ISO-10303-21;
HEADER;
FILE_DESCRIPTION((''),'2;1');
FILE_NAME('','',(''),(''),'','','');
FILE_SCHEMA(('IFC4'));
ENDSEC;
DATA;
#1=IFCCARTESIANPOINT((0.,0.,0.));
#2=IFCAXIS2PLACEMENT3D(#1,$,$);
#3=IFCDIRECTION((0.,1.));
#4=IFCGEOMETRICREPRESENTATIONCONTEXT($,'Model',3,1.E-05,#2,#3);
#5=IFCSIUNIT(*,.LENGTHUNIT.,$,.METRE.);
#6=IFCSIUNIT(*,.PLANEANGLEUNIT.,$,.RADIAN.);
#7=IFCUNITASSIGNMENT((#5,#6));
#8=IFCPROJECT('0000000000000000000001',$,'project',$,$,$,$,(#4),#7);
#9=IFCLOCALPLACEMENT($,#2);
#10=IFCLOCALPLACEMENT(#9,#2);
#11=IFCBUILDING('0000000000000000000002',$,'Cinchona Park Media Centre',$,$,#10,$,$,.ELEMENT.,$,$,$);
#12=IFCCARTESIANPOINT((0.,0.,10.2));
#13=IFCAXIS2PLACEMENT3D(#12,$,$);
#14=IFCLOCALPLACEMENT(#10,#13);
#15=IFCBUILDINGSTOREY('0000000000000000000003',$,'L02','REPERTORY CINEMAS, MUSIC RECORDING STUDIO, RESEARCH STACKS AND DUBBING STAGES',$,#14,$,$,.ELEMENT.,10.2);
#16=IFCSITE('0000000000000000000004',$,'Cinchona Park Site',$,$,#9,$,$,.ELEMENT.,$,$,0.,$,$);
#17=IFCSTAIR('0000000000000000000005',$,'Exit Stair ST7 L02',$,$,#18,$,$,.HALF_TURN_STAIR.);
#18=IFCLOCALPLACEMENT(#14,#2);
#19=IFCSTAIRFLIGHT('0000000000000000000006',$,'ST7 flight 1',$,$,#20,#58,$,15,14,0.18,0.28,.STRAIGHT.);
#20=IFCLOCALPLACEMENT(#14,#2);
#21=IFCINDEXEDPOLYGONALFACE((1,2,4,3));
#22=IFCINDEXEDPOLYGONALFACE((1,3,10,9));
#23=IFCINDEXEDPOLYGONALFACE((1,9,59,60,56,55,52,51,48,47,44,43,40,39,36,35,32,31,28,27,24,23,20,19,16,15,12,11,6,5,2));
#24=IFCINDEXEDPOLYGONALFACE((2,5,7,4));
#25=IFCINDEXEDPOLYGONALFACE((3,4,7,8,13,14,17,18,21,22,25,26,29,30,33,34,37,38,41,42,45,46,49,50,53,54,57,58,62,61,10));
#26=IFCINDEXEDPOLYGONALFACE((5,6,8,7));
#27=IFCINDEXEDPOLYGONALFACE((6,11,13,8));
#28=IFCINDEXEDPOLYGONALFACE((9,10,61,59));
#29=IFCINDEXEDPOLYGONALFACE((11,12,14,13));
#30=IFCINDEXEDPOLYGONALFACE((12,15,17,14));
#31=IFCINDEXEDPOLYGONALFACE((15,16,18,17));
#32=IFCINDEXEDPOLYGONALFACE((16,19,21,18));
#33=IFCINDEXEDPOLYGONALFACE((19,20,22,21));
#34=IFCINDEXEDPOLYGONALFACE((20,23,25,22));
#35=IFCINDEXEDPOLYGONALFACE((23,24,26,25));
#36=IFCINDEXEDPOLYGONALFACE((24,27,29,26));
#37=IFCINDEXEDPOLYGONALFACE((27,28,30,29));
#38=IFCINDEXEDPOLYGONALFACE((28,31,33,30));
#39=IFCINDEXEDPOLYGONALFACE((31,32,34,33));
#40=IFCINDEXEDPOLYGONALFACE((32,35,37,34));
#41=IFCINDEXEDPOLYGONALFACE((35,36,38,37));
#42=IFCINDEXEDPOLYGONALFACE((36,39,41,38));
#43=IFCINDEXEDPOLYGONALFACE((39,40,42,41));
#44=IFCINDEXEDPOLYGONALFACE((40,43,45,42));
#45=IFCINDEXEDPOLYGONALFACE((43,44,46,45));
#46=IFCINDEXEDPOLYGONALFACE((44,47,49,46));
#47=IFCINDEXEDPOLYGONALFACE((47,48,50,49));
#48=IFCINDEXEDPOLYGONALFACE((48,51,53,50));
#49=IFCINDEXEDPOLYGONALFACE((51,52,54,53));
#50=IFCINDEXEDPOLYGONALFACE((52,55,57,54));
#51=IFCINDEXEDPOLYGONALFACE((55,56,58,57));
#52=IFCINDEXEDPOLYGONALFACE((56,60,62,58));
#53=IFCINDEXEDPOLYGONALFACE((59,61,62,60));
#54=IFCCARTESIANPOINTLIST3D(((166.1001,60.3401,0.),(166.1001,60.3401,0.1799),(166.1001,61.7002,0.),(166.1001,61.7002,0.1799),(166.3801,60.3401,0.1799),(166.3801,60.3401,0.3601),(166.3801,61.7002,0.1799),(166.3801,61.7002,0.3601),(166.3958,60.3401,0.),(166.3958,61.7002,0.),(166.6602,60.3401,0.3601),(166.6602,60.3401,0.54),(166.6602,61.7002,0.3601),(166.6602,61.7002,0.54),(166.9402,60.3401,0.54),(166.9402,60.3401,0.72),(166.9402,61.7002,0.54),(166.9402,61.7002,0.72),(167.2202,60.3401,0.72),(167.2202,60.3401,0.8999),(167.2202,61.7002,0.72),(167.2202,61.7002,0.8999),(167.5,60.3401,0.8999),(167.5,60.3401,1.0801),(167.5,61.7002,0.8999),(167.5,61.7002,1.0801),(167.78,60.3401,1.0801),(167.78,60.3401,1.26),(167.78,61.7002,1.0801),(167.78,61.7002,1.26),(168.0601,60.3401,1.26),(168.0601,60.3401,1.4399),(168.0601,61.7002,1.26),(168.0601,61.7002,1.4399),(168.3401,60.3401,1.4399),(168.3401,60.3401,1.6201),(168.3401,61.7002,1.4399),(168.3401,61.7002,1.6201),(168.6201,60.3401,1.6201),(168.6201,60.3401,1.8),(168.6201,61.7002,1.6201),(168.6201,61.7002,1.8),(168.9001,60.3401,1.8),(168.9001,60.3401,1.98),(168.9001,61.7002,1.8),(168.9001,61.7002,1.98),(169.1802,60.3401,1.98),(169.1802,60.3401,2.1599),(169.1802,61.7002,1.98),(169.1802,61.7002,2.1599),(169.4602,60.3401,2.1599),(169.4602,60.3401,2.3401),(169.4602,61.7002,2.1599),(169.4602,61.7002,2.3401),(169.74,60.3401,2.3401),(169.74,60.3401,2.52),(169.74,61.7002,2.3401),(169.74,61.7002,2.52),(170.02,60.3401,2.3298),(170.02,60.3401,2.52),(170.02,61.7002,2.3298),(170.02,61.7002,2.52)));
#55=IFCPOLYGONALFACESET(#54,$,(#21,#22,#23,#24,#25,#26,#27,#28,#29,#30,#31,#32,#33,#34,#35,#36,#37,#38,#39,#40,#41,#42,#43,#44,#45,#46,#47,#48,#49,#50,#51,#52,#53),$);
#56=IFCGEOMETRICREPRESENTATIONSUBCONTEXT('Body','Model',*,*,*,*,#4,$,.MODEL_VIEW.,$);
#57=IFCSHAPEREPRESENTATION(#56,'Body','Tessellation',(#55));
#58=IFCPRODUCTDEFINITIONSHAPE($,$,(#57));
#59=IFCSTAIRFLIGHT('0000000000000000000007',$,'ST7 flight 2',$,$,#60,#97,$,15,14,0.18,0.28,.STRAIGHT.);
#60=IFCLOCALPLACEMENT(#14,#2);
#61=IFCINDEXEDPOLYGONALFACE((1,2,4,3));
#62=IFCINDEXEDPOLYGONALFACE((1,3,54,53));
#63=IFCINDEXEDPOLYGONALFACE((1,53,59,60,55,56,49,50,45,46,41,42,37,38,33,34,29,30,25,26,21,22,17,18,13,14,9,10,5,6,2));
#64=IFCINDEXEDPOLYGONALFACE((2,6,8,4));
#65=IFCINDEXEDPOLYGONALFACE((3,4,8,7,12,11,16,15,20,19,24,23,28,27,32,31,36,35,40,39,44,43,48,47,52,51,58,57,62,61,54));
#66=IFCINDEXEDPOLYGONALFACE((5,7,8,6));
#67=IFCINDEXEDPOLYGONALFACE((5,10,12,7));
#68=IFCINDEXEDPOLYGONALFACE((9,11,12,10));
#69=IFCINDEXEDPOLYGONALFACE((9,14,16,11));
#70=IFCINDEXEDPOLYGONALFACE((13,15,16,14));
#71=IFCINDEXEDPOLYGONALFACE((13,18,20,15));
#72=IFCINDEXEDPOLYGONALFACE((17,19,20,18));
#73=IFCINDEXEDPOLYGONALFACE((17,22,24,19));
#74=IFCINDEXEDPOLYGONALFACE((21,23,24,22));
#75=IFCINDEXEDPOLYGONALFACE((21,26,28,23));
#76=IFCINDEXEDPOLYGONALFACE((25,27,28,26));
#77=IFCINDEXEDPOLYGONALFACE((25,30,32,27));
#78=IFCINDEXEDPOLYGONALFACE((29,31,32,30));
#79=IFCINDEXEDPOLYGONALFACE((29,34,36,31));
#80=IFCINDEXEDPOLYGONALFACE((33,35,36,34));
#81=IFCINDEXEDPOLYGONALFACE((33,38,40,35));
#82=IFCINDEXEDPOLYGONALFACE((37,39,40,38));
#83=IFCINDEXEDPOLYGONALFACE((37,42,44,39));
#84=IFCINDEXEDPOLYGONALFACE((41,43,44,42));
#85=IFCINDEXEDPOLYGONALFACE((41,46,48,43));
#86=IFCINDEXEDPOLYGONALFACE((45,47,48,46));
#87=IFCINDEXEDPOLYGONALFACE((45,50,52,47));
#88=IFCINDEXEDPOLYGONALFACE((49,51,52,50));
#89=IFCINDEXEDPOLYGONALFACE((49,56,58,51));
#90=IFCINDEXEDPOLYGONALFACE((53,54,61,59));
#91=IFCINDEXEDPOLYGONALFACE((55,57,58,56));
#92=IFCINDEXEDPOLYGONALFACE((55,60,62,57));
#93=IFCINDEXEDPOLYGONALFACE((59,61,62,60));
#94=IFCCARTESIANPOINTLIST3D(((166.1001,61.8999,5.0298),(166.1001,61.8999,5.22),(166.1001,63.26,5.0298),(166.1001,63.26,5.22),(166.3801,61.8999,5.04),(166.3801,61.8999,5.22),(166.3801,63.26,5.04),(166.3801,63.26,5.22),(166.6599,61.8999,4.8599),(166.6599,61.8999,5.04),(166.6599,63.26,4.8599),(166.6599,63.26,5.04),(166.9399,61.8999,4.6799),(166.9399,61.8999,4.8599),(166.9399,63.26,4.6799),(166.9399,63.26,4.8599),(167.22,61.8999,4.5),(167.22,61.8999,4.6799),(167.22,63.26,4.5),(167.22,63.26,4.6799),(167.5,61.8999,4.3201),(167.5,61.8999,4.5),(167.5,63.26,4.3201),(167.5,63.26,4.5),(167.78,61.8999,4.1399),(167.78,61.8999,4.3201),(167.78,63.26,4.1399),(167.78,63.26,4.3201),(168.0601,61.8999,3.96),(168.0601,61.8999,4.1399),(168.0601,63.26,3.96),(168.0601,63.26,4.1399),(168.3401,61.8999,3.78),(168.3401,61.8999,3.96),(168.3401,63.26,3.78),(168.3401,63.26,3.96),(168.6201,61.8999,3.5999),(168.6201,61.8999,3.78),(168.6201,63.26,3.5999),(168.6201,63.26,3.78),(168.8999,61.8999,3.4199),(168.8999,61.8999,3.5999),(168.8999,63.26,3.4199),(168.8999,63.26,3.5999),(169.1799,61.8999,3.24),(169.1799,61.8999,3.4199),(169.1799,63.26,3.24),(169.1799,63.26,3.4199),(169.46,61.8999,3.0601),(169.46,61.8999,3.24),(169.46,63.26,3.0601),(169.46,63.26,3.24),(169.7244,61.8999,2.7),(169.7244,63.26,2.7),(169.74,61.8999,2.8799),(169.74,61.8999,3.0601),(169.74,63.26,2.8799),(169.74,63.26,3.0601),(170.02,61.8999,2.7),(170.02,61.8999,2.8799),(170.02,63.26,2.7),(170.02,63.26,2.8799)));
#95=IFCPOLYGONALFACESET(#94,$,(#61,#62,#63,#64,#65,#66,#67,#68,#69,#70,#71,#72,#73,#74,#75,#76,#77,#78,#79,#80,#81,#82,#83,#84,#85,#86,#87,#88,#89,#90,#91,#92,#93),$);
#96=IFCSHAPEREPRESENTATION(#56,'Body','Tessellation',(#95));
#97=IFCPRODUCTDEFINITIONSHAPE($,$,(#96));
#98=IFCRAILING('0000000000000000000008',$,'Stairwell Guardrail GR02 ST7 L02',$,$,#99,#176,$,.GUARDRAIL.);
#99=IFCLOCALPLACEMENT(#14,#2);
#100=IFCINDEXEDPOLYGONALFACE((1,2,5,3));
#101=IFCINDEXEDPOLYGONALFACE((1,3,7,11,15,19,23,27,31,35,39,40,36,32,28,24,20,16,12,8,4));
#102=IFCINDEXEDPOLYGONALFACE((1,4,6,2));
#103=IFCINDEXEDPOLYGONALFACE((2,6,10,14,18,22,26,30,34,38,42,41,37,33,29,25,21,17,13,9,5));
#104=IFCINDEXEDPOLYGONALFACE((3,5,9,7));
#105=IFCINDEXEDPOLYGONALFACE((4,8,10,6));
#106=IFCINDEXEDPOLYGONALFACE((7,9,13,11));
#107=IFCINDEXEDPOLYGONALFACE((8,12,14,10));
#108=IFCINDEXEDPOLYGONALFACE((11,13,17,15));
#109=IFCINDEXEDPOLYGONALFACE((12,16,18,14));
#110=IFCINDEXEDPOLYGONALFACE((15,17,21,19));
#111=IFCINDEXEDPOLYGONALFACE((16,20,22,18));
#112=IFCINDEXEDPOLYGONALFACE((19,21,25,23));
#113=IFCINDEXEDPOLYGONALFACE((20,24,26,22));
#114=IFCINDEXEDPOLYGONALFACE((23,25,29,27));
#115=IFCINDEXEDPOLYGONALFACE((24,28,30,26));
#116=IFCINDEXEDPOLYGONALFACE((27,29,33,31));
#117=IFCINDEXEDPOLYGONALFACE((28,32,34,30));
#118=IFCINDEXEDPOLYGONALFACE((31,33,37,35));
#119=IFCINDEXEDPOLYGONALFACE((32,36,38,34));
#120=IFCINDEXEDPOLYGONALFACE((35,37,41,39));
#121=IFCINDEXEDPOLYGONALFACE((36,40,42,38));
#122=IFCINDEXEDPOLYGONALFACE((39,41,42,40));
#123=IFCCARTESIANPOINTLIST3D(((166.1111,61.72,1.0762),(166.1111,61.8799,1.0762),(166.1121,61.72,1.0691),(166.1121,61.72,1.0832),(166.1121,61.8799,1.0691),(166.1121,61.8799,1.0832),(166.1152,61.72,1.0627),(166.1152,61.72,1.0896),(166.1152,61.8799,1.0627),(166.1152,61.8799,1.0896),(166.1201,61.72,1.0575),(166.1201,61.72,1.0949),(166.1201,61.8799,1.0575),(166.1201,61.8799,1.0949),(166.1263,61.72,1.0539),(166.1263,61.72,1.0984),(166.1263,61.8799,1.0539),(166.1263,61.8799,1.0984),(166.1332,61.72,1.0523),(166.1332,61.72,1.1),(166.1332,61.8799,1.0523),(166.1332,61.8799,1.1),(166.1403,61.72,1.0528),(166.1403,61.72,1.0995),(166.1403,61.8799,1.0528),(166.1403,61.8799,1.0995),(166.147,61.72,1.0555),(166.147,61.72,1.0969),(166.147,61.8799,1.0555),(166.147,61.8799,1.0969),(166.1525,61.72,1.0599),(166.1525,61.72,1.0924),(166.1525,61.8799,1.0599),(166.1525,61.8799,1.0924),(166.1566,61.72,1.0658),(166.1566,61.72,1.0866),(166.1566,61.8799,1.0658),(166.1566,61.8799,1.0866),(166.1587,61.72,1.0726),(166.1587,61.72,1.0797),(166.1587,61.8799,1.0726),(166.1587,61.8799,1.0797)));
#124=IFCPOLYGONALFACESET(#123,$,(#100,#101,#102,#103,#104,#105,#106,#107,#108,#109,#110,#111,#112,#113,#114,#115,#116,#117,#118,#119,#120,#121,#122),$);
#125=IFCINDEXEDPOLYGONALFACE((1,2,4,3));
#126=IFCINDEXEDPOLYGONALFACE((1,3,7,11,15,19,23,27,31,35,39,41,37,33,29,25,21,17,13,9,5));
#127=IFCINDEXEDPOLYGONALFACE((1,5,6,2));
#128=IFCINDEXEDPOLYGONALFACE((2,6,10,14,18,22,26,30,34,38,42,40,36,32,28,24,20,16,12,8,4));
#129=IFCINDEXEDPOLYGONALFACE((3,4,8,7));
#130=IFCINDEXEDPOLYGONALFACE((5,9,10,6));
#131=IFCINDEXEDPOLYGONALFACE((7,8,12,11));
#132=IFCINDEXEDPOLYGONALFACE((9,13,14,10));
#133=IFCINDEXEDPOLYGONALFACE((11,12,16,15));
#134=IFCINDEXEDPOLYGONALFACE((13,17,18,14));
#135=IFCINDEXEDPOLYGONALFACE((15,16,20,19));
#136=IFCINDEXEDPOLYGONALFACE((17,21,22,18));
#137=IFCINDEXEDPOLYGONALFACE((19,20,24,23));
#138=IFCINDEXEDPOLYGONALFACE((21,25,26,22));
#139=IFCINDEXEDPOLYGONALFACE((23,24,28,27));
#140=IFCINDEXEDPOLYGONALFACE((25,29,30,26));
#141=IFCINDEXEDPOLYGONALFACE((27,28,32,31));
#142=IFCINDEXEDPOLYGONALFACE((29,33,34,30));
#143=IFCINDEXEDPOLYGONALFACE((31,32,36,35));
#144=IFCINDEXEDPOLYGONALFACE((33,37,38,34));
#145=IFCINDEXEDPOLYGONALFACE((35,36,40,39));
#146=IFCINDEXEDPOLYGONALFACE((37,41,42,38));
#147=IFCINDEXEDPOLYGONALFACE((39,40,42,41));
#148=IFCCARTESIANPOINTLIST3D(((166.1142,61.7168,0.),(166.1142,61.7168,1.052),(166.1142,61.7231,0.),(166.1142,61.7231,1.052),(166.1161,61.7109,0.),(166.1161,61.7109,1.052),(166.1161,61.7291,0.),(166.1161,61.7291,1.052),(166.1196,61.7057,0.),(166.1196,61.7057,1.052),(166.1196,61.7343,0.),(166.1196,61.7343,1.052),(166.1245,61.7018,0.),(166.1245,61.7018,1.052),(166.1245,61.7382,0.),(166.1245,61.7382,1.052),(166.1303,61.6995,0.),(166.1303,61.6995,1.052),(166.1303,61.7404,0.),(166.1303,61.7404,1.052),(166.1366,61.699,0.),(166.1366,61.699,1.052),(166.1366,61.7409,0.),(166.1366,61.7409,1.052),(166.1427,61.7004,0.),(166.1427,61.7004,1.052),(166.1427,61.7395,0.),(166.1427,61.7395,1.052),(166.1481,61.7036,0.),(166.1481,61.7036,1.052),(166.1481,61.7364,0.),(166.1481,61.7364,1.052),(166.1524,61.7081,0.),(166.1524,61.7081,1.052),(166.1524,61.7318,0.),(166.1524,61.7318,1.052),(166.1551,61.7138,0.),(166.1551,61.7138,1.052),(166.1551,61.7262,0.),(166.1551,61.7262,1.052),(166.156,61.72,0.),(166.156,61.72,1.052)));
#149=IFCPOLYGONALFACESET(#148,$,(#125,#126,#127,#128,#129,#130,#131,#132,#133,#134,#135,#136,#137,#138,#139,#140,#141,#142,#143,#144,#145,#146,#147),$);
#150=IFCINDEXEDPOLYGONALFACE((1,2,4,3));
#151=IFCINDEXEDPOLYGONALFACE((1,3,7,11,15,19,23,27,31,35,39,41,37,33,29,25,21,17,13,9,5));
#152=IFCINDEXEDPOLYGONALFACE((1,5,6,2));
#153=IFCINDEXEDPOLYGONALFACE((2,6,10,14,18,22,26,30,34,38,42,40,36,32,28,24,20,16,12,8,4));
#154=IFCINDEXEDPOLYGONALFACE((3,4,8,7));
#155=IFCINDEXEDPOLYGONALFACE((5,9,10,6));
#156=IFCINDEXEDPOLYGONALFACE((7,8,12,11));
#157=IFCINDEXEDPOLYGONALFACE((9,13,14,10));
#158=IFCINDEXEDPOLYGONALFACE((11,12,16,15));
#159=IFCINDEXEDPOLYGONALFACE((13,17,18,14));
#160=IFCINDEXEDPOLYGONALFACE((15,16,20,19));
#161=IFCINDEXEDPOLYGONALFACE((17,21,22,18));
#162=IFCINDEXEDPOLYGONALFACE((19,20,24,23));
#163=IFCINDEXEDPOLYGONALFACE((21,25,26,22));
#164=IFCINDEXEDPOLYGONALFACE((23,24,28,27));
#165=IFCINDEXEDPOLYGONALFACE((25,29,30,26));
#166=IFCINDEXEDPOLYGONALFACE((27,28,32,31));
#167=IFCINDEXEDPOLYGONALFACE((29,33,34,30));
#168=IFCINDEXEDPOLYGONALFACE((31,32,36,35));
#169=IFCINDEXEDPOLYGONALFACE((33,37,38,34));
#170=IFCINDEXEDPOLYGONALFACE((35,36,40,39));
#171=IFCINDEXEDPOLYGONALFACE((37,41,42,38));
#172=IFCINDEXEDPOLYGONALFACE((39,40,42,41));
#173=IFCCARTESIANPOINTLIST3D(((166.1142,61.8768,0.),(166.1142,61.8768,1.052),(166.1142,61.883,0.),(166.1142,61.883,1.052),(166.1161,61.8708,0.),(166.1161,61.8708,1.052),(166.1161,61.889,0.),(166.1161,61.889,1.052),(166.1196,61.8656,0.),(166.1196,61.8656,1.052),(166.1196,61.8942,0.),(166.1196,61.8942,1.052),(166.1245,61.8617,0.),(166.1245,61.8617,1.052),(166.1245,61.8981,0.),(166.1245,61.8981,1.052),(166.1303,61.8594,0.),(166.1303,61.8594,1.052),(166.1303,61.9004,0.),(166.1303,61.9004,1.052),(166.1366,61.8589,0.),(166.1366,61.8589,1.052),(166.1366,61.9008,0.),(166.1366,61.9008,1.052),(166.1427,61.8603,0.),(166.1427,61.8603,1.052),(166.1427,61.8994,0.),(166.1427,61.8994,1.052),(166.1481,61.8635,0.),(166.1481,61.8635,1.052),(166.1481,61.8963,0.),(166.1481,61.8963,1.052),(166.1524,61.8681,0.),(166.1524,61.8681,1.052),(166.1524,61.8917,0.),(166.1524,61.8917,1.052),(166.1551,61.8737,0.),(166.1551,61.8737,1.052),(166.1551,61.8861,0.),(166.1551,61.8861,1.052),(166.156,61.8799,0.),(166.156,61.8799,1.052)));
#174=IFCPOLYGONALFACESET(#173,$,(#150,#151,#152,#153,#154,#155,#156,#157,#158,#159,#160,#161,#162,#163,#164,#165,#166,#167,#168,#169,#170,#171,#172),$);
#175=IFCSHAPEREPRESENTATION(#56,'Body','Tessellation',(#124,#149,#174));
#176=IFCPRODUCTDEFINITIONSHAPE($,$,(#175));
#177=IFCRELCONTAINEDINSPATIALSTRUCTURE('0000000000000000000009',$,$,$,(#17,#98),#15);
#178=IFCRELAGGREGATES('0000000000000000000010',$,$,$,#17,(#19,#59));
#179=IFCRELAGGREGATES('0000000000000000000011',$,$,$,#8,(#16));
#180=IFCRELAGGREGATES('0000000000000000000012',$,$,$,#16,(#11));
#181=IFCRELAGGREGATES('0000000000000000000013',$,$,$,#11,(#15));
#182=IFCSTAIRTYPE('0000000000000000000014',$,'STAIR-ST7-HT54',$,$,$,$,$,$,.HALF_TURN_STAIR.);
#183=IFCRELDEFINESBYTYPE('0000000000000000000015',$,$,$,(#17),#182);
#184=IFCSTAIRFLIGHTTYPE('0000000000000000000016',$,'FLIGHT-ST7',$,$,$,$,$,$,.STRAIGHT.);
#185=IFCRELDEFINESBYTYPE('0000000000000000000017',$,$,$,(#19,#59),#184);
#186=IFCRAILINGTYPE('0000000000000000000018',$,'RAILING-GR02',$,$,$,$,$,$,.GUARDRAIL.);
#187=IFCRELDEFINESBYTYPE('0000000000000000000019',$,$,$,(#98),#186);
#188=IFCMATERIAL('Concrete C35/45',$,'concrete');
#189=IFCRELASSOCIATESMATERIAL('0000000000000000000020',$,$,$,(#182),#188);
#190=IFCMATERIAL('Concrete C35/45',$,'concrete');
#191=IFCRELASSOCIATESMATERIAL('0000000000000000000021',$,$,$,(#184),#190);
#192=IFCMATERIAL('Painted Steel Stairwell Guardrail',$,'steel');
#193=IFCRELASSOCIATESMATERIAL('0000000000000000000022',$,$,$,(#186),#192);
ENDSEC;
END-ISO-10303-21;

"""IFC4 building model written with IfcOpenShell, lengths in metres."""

from ifc_helpers import new_model, si_unit, direction, frame, origin, origin_2d, place, context, subcontext, project, spatial, polyline, circle, outline, extrude, material, type_object, element, aggregate, save


model = new_model("IFC4")

# Units and contexts
model_context = context("Model", 3, precision=1e-05, world=origin(), true_north=direction((0.0, 1.0)))
body_context = subcontext(model_context, "Body", "Model", "MODEL_VIEW")
ifc_project = project(units=[si_unit("LENGTHUNIT", "METRE"), si_unit("PLANEANGLEUNIT", "RADIAN")], contexts=[model_context])

# Site, building, storey
site_placement = place(None, origin())
site = spatial("IfcSite", under=ifc_project, at=site_placement, Name="Cinchona Park Site", CompositionType="ELEMENT", RefElevation=0.0)
building_placement = place(site_placement, origin())
building = spatial("IfcBuilding", under=site, at=building_placement, Name="Cinchona Park Media Centre", CompositionType="ELEMENT")
storey_placement = place(building_placement, frame((0.0, 0.0, 10.2)))
storey = spatial("IfcBuildingStorey", under=building, at=storey_placement, Name="L02", Description="REPERTORY CINEMAS, MUSIC RECORDING STUDIO, RESEARCH STACKS AND DUBBING STAGES", CompositionType="ELEMENT", Elevation=10.2)

# Stair, stair flights
ifc_material_1 = material(Name="Concrete C35/45", Category="concrete")
stair_type = type_object("IfcStairType", Name="STAIR-ST7-HT54", PredefinedType="HALF_TURN_STAIR", material=ifc_material_1)
stair_placement = place(storey_placement, origin())
stair = element("IfcStair", 1, at=stair_placement, inside=storey, type_object=stair_type, Name="Exit Stair ST7 L02", PredefinedType="HALF_TURN_STAIR")
ifc_material_2 = material(Name="Concrete C35/45", Category="concrete")
stair_flight_type = type_object("IfcStairFlightType", Name="FLIGHT-ST7", PredefinedType="STRAIGHT", material=ifc_material_2)
stair_flight_1_placement = place(storey_placement, frame((166.1001, 61.02, 0.0), z_axis=(0.0, 0.0, 1.0), x_axis=(1.0, 0.0, 0.0)))
stair_flight_1 = element("IfcStairFlight", 2, at=stair_flight_1_placement, type_object=stair_flight_type, Name="ST7 flight 1", NumberOfRisers=15, NumberOfTreads=14, PredefinedType="STRAIGHT", RiserHeight=0.18, TreadLength=0.28, context=body_context, shape_type="SweptSolid", body=[
    extrude(outline(polyline([(0.0, 0.0), (0.0, 0.1799), (0.28, 0.1799), (0.28, 0.3601), (0.5601, 0.3601), (0.5601, 0.54), (0.8401, 0.54), (0.8401, 0.72), (1.1201, 0.72), (1.1201, 0.8999), (1.3999, 0.8999), (1.3999, 1.0801), (1.6799, 1.0801), (1.6799, 1.26), (1.96, 1.26), (1.96, 1.4399), (2.24, 1.4399), (2.24, 1.6201), (2.52, 1.6201), (2.52, 1.8), (2.8, 1.8), (2.8, 1.98), (3.0801, 1.98), (3.0801, 2.1599), (3.3601, 2.1599), (3.3601, 2.3401), (3.6399, 2.3401), (3.6399, 2.52), (3.9199, 2.52), (3.9199, 2.7), (3.9199, 2.3298), (0.2957, 0.0), (0.0, 0.0)])), frame((0.0, 0.6802, 0.0), z_axis=(0.0, -1.0, 0.0), x_axis=(1.0, 0.0, 0.0)), (0.0, 0.0, 1.0), 1.3601),
])
stair_flight_2_placement = place(storey_placement, frame((170.02, 62.5801, 2.7), z_axis=(0.0, 0.0, 1.0), x_axis=(-1.0, 0.0, 0.0)))
stair_flight_2 = element("IfcStairFlight", 3, at=stair_flight_2_placement, type_object=stair_flight_type, Name="ST7 flight 2", NumberOfRisers=15, NumberOfTreads=14, PredefinedType="STRAIGHT", RiserHeight=0.18, TreadLength=0.28, context=body_context, shape_type="SweptSolid", body=[
    extrude(outline(polyline([(0.0, 0.0), (0.0, 0.1799), (0.28, 0.1799), (0.28, 0.3601), (0.5601, 0.3601), (0.5601, 0.54), (0.8401, 0.54), (0.8401, 0.72), (1.1201, 0.72), (1.1201, 0.8999), (1.3999, 0.8999), (1.3999, 1.0801), (1.6799, 1.0801), (1.6799, 1.26), (1.96, 1.26), (1.96, 1.4399), (2.24, 1.4399), (2.24, 1.6201), (2.52, 1.6201), (2.52, 1.8), (2.8, 1.8), (2.8, 1.98), (3.0801, 1.98), (3.0801, 2.1599), (3.3601, 2.1599), (3.3601, 2.3401), (3.6399, 2.3401), (3.6399, 2.52), (3.9199, 2.52), (3.9199, 2.7), (3.9199, 2.3298), (0.2957, 0.0), (0.0, 0.0)])), frame((0.0, 0.6802, 0.0), z_axis=(0.0, -1.0, 0.0), x_axis=(1.0, 0.0, 0.0)), (0.0, 0.0, 1.0), 1.3601),
])
aggregate(stair, [stair_flight_1, stair_flight_2])

# Railing
ifc_material_3 = material(Name="Painted Steel Stairwell Guardrail", Category="steel")
railing_type_1 = type_object("IfcRailingType", Name="RAILING-GR02", PredefinedType="GUARDRAIL", material=ifc_material_3)
for number, where, name in (
    (4, (166.135, 61.72, 0.0), "Stairwell Guardrail GR02 ST7 L02"),
):
    element("IfcRailing", number, at=place(storey_placement, frame(where)), inside=storey, type_object=railing_type_1, Name=name, PredefinedType="GUARDRAIL", context=body_context, shape_type="SweptSolid", body=[
        extrude(circle(Radius=0.0239, at=origin_2d()), frame((0.0, 0.0, 1.0762), z_axis=(0.0, 1.0, 0.0), x_axis=(-1.0, 0.0, 0.0)), (0.0, 0.0, 1.0), 0.1599),
        extrude(circle(Radius=0.021, at=origin_2d()), origin(), (0.0, 0.0, 1.0), 1.052),
        extrude(circle(Radius=0.021, at=origin_2d()), frame((0.0, 0.1599, 0.0)), (0.0, 0.0, 1.0), 1.052),
    ])

save(model, "model.ifc")
